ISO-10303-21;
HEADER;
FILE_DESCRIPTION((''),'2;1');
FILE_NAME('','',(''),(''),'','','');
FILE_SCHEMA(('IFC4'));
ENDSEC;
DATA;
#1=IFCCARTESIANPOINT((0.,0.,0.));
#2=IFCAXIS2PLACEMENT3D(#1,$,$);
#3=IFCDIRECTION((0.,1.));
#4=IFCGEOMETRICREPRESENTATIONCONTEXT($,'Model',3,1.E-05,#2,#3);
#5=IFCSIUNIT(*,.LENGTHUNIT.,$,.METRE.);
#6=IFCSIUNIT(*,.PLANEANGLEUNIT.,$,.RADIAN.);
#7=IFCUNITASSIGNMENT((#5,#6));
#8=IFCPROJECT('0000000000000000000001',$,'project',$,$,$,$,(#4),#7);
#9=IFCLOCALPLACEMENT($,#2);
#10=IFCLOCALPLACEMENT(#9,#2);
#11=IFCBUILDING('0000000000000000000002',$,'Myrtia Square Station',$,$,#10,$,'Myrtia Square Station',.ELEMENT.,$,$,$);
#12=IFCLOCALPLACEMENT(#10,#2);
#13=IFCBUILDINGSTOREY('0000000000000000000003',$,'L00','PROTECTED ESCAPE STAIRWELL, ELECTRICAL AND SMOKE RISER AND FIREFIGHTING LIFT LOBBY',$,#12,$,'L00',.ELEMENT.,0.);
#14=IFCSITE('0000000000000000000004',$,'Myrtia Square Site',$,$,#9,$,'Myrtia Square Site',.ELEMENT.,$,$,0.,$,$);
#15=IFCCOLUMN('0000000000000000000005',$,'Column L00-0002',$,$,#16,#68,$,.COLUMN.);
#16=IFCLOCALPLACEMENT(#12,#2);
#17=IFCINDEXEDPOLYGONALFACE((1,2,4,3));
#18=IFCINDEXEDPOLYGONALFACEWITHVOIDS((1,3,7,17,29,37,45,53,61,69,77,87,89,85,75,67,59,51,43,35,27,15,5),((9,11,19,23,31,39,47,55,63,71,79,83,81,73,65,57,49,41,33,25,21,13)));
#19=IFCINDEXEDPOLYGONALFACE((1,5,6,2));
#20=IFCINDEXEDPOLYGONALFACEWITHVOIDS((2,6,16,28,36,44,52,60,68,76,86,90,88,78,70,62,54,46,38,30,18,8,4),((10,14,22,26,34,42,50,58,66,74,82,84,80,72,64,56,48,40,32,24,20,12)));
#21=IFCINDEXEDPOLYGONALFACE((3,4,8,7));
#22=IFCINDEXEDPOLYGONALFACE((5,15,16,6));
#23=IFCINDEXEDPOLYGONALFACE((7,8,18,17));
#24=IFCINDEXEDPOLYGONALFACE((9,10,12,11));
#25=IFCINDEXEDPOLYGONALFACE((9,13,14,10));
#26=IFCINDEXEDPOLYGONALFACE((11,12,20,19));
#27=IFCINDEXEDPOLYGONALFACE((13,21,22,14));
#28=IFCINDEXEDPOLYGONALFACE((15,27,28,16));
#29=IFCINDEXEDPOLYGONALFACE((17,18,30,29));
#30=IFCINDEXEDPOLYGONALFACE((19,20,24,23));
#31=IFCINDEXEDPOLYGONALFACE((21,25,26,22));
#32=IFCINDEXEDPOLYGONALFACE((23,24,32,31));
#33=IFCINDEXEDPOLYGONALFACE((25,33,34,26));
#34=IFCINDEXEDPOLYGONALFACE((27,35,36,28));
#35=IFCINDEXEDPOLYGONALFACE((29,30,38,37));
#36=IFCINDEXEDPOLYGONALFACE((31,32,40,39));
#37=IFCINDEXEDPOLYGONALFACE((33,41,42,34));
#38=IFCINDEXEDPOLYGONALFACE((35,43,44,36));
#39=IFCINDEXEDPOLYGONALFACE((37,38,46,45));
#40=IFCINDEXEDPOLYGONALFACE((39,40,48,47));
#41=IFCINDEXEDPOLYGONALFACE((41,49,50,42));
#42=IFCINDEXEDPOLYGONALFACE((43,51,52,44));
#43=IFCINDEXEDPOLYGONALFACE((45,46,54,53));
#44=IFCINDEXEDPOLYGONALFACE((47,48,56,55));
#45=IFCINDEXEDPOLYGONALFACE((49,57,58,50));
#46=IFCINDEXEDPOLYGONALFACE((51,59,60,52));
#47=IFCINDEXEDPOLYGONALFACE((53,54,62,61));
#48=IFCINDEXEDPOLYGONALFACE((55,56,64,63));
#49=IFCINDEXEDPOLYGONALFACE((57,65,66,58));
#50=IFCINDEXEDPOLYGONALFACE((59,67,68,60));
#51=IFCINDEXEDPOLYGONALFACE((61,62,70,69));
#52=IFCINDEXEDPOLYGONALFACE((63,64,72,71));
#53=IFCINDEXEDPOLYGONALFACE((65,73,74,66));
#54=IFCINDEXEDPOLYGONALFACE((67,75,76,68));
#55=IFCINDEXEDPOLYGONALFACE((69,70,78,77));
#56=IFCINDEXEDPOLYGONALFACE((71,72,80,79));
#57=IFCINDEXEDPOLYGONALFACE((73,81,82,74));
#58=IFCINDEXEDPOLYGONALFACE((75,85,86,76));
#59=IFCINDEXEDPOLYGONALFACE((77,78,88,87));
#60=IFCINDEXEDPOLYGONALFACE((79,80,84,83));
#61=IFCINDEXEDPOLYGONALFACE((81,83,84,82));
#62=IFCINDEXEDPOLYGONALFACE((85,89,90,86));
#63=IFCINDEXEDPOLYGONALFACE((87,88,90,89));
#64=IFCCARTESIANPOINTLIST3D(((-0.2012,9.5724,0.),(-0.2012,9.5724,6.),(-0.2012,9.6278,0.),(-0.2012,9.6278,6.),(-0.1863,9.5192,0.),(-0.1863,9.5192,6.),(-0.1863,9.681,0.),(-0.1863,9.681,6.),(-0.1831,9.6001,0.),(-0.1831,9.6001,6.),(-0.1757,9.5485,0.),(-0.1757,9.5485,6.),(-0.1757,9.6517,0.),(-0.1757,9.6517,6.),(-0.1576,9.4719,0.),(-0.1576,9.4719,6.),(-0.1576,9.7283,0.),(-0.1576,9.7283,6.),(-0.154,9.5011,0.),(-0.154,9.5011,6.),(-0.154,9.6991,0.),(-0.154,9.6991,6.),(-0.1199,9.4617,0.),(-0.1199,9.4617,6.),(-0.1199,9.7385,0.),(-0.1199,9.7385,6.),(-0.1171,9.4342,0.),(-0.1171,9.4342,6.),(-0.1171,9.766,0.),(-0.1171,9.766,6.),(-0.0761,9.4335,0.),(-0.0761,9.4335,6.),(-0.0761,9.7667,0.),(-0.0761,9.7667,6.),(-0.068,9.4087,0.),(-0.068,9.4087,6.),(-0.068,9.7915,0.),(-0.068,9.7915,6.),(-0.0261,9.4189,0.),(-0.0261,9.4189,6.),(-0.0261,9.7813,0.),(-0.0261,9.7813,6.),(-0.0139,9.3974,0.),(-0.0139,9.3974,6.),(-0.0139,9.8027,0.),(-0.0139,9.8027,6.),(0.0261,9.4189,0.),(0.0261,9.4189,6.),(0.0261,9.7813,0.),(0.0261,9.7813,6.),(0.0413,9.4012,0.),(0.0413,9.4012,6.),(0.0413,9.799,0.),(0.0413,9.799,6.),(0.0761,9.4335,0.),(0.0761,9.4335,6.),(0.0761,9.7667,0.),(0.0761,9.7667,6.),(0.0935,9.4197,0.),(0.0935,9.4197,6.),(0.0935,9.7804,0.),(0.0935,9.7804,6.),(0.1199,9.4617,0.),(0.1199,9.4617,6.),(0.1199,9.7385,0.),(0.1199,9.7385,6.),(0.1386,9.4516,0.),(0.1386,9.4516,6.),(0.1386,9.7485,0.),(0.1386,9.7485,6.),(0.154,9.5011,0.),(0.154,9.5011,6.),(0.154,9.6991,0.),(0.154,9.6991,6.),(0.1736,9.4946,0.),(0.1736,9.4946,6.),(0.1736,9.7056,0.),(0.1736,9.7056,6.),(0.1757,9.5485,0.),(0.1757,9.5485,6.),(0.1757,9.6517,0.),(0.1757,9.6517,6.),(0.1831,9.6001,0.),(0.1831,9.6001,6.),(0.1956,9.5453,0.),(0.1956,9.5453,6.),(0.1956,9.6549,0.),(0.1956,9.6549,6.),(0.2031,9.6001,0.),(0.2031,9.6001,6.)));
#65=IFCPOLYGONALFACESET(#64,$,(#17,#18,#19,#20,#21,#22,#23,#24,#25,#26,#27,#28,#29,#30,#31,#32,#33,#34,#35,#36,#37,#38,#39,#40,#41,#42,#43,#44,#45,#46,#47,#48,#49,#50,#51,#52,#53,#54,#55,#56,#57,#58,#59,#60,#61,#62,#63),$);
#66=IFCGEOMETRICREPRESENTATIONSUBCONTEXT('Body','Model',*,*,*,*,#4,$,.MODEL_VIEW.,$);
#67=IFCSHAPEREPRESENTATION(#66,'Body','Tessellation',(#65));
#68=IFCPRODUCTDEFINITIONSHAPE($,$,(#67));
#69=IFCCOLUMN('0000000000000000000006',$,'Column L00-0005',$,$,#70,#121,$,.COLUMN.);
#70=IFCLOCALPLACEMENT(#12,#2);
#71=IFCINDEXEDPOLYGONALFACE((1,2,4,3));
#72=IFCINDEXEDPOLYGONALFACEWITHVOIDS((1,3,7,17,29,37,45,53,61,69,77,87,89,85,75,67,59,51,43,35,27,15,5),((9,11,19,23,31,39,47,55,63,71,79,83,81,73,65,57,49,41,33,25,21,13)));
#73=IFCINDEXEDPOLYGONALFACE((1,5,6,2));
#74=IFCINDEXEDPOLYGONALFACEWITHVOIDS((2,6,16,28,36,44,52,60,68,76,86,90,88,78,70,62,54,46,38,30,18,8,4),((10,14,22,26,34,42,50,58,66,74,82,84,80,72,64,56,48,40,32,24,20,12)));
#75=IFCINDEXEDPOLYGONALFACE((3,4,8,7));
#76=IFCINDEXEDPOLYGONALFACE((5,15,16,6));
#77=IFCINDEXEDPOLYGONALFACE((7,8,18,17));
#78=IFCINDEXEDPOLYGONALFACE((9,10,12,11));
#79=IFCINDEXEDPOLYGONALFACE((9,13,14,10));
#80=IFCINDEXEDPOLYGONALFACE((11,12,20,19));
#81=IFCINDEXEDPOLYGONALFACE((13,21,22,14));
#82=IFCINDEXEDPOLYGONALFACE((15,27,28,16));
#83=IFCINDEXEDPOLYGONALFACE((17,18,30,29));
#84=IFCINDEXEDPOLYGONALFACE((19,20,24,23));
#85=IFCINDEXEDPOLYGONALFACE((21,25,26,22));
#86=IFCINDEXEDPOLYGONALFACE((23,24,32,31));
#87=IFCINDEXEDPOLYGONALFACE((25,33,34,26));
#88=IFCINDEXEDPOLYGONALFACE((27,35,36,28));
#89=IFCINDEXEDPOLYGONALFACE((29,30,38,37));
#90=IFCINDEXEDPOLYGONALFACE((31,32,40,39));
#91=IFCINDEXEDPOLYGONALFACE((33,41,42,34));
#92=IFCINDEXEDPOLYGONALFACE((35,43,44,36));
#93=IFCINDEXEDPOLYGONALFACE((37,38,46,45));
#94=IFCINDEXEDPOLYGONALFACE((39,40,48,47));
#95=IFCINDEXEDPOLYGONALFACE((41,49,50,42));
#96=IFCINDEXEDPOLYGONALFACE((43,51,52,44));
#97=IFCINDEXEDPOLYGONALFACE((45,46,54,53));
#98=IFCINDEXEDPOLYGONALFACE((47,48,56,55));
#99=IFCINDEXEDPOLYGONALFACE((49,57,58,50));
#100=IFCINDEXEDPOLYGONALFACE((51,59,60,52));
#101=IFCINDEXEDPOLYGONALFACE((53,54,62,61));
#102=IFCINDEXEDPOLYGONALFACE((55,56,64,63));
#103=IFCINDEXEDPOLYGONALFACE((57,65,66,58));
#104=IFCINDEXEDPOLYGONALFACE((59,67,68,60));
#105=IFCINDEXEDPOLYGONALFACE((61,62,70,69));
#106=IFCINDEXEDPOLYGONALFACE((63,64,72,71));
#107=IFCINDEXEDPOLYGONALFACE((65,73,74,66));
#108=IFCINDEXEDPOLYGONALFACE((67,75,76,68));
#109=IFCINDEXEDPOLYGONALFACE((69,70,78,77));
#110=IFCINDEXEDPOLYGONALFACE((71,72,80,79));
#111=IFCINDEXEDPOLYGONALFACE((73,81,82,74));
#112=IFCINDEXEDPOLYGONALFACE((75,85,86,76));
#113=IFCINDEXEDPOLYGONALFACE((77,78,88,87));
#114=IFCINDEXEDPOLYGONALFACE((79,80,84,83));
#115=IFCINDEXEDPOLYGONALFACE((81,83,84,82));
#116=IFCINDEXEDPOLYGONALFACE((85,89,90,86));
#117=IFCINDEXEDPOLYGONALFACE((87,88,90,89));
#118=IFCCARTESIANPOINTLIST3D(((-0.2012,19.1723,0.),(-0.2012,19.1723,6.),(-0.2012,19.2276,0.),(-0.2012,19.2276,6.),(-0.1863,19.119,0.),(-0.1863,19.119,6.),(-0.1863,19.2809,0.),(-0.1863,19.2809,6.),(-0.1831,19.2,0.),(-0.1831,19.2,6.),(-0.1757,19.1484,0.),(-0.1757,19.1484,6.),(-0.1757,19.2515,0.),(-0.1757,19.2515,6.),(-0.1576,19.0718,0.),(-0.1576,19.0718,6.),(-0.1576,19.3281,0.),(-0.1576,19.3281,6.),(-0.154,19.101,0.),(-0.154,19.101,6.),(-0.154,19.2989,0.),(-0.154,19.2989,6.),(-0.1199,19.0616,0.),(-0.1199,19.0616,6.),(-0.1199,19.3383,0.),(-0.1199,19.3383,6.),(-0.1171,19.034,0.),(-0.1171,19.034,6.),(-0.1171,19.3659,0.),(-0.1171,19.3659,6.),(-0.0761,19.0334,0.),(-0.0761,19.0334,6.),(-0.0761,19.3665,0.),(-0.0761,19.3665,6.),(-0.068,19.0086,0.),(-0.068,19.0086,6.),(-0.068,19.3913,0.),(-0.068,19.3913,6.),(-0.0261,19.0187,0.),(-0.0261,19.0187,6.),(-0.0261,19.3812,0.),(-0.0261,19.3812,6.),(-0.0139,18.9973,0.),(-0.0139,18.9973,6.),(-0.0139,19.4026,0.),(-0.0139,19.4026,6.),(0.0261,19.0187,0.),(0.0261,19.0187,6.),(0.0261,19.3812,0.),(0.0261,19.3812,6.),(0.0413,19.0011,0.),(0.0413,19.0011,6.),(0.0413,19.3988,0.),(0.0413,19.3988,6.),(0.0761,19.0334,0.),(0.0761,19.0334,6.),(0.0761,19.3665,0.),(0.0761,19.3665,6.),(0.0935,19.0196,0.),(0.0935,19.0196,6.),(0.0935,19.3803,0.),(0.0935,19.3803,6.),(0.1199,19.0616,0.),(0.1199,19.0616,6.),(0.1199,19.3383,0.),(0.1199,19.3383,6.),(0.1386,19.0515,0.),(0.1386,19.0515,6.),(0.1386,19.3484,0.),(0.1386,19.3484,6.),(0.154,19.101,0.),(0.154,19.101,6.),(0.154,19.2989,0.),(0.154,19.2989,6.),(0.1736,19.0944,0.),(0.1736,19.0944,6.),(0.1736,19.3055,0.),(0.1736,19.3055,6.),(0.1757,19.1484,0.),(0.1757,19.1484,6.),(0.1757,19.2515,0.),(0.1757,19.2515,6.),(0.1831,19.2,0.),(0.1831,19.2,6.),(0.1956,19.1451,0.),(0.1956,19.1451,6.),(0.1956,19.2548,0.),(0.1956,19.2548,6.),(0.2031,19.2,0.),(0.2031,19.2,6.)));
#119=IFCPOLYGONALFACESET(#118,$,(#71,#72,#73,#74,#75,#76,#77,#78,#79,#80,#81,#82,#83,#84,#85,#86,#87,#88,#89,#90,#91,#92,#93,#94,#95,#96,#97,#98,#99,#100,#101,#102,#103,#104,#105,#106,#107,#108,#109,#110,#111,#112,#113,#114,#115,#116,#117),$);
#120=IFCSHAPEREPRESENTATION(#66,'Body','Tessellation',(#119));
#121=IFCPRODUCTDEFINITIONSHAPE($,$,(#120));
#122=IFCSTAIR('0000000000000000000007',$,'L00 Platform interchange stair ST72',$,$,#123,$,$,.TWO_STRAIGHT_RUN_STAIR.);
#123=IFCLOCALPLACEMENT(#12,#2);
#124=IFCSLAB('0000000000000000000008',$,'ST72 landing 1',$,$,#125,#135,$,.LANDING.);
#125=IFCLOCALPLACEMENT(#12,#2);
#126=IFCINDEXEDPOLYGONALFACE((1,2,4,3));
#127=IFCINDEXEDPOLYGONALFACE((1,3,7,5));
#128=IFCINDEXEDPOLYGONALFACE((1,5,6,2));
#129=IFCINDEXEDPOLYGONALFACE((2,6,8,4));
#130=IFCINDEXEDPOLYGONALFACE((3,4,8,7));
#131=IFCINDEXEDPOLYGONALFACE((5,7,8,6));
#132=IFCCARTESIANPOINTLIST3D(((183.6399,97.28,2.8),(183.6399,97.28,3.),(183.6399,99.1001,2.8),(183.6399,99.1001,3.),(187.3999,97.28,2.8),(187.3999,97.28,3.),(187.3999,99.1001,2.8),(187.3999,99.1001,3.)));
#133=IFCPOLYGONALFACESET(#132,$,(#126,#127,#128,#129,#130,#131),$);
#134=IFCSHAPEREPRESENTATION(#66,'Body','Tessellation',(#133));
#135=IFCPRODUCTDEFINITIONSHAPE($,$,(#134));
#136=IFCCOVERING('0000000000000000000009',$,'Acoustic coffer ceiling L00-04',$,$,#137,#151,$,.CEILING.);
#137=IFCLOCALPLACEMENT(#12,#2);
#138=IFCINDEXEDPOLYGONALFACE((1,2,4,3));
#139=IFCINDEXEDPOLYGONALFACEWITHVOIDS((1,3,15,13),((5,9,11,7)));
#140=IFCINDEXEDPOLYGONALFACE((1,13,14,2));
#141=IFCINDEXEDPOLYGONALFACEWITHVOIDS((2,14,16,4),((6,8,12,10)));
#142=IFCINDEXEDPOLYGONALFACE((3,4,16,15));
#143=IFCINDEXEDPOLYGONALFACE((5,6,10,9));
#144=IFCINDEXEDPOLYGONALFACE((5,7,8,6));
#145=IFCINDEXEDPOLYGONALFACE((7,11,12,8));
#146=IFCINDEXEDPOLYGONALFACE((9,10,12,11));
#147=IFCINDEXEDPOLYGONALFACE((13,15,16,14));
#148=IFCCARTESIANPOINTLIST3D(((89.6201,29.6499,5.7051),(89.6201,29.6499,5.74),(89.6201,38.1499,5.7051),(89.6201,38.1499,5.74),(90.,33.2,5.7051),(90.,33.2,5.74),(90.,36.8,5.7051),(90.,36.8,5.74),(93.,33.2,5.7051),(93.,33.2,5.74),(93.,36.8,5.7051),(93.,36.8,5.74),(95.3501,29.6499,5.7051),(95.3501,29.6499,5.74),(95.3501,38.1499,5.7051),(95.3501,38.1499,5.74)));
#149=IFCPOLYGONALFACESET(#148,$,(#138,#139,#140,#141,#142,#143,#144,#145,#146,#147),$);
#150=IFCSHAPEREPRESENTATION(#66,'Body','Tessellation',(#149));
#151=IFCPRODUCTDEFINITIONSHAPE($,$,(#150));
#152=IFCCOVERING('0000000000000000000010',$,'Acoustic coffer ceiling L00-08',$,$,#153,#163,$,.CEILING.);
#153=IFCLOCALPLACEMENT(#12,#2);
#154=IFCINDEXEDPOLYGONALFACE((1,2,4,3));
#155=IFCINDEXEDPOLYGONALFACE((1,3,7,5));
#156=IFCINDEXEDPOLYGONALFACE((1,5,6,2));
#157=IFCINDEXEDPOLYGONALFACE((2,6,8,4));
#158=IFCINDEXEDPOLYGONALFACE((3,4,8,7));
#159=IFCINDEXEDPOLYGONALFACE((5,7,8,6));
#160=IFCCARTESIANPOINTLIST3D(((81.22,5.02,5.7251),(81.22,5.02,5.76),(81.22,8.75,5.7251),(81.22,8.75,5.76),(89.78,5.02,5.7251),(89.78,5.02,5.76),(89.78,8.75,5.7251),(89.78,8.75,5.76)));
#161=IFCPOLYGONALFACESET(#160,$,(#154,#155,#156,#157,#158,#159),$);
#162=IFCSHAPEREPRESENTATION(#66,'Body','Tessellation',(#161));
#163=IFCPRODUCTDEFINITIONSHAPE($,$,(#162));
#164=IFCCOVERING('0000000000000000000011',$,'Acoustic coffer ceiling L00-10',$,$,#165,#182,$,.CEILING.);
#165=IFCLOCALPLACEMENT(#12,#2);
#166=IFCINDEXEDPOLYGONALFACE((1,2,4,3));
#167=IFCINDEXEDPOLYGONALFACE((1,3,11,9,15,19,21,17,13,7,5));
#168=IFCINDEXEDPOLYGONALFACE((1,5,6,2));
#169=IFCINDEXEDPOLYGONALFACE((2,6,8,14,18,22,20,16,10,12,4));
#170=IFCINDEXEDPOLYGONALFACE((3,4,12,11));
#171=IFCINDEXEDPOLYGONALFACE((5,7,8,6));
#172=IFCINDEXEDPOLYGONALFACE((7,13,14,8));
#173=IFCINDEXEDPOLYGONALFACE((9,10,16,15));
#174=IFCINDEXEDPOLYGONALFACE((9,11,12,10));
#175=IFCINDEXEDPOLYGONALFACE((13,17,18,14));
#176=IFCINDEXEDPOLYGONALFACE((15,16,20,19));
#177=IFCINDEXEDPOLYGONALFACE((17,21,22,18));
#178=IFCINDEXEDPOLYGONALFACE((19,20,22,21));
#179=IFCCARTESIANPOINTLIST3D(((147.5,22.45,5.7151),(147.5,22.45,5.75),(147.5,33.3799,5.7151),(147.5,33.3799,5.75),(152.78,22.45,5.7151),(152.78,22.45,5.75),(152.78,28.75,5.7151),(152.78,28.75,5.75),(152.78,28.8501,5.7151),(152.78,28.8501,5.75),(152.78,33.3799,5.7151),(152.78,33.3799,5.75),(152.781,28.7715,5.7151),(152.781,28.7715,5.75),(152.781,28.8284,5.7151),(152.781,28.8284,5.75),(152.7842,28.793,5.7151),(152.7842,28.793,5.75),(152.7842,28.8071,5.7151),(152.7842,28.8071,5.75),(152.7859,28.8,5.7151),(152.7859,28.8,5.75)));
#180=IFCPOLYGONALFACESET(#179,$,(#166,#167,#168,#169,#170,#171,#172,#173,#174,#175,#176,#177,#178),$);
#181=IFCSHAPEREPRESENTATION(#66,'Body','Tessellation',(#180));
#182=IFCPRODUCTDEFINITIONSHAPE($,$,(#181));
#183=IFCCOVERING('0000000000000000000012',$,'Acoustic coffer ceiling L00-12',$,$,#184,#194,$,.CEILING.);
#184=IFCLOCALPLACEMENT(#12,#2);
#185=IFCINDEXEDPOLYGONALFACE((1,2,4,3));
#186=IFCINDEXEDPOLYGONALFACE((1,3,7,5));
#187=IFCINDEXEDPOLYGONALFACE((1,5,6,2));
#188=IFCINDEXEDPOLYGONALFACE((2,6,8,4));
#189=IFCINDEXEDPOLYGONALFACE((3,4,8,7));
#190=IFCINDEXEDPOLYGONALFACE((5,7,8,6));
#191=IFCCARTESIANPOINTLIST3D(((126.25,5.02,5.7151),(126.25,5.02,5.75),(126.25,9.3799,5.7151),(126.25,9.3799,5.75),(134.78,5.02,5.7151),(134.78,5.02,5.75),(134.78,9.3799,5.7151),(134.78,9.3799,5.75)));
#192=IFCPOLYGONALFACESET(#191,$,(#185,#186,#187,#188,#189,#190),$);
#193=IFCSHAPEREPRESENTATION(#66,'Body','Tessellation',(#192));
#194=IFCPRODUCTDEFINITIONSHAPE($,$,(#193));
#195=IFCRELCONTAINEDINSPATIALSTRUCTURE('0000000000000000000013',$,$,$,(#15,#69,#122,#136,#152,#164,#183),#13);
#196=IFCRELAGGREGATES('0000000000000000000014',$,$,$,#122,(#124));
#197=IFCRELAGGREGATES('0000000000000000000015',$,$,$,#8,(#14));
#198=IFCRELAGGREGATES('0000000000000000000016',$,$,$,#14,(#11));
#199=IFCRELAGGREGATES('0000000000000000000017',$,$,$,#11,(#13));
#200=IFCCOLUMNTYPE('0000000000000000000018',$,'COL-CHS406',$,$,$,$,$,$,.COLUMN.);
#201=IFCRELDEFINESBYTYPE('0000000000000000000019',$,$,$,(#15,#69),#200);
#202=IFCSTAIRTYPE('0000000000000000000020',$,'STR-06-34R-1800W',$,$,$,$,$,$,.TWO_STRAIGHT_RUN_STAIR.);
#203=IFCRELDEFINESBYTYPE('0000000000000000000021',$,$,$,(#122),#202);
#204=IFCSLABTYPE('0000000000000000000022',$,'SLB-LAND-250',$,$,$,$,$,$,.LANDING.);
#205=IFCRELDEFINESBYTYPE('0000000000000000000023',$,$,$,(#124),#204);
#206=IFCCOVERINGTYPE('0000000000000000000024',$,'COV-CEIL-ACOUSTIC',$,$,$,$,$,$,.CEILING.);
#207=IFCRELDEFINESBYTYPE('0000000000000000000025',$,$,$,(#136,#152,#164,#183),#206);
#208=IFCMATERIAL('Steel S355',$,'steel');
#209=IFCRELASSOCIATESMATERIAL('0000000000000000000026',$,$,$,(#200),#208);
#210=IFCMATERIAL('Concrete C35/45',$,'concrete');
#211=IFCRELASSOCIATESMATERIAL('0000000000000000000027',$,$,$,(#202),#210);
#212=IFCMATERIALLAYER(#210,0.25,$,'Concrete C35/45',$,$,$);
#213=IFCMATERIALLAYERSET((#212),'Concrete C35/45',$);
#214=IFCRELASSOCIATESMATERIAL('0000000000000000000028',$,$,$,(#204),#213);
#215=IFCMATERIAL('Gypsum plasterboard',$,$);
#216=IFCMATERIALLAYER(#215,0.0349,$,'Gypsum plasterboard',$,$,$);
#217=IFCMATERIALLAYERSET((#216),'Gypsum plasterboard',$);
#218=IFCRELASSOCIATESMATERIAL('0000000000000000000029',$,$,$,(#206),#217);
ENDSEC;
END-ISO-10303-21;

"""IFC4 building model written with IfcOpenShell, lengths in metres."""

from ifc_helpers import new_model, si_unit, direction, frame, origin, origin_2d, place, context, subcontext, project, spatial, polyline, hollow_circle, outline, extrude, material, layer, layer_set, material_profile, profile_set, type_object, element, aggregate, save


model = new_model("IFC4")

# Units and contexts
model_context = context("Model", 3, precision=1e-05, world=origin(), true_north=direction((0.0, 1.0)))
body_context = subcontext(model_context, "Body", "Model", "MODEL_VIEW")
ifc_project = project(units=[si_unit("LENGTHUNIT", "METRE"), si_unit("PLANEANGLEUNIT", "RADIAN")], contexts=[model_context])

# Site, building, storey
site_placement = place(None, origin())
site = spatial("IfcSite", under=ifc_project, at=site_placement, Name="Myrtia Square Site", LongName="Myrtia Square Site", CompositionType="ELEMENT", RefElevation=0.0)
building_placement = place(site_placement, origin())
building = spatial("IfcBuilding", under=site, at=building_placement, Name="Myrtia Square Station", LongName="Myrtia Square Station", CompositionType="ELEMENT")
storey_placement = place(building_placement, origin())
storey = spatial("IfcBuildingStorey", under=building, at=storey_placement, Name="L00", Description="PROTECTED ESCAPE STAIRWELL, ELECTRICAL AND SMOKE RISER AND FIREFIGHTING LIFT LOBBY", LongName="L00", CompositionType="ELEMENT", Elevation=0.0)

# Columns
ifc_material_1 = material(Name="Steel S355", Category="steel")
ifc_material_profile = material_profile(ifc_material_1, hollow_circle(Radius=0.2031, WallThickness=0.02, at=origin_2d()), Name="CHS 406.4x20")
ifc_profile_set = profile_set([ifc_material_profile], Name="Steel S355")
column_type = type_object("IfcColumnType", Name="COL-CHS406", PredefinedType="COLUMN", material=ifc_profile_set)
for number, where, z_axis, x_axis, name in (
    (1, (0.0, 9.6001, 0.0), (0.0, 0.0, 1.0), (1.0, 0.0, 0.0), "Column L00-0002"),
    (2, (0.0, 19.2, 0.0), (0.0, 0.0, 1.0), (1.0, 0.0, 0.0), "Column L00-0005"),
):
    element("IfcColumn", number, at=place(storey_placement, frame(where, z_axis=z_axis, x_axis=x_axis)), inside=storey, type_object=column_type, Name=name, PredefinedType="COLUMN", context=body_context, shape_type="SweptSolid", body=[
        extrude(hollow_circle(Radius=0.2031, WallThickness=0.02, at=origin_2d()), origin(), (0.0, 0.0, 1.0), 6.0),
    ])

# Stair, slab
ifc_material_2 = material(Name="Concrete C35/45", Category="concrete")
stair_type = type_object("IfcStairType", Name="STR-06-34R-1800W", PredefinedType="TWO_STRAIGHT_RUN_STAIR", material=ifc_material_2)
stair_placement = place(storey_placement, origin())
stair = element("IfcStair", 3, at=stair_placement, inside=storey, type_object=stair_type, Name="L00 Platform interchange stair ST72", PredefinedType="TWO_STRAIGHT_RUN_STAIR")
ifc_layer_1 = layer(ifc_material_2, 0.25, Name="Concrete C35/45")
ifc_layer_set_1 = layer_set([ifc_layer_1], Name="Concrete C35/45")
slab_type = type_object("IfcSlabType", Name="SLB-LAND-250", PredefinedType="LANDING", material=ifc_layer_set_1)
slab_placement = place(storey_placement, frame((0.0, 0.0, 2.8)))
slab = element("IfcSlab", 4, at=slab_placement, type_object=slab_type, Name="ST72 landing 1", PredefinedType="LANDING", context=body_context, shape_type="SweptSolid", body=[
    extrude(outline(polyline([(187.3999, 97.28), (187.3999, 99.1001), (183.6399, 99.1001), (183.6399, 97.28), (187.3999, 97.28)])), origin(), (0.0, 0.0, 1.0), 0.2),
])
aggregate(stair, [slab])

# Coverings
ifc_material_3 = material(Name="Gypsum plasterboard")
ifc_layer_2 = layer(ifc_material_3, 0.0349, Name="Gypsum plasterboard")
ifc_layer_set_2 = layer_set([ifc_layer_2], Name="Gypsum plasterboard")
covering_type_1 = type_object("IfcCoveringType", Name="COV-CEIL-ACOUSTIC", PredefinedType="CEILING", material=ifc_layer_set_2)
covering_1_placement = place(storey_placement, frame((0.0, 0.0, 5.7051)))
element("IfcCovering", 5, at=covering_1_placement, inside=storey, type_object=covering_type_1, Name="Acoustic coffer ceiling L00-04", PredefinedType="CEILING", context=body_context, shape_type="SweptSolid", body=[
    extrude(outline(polyline([(95.3501, 38.1499), (95.3501, 29.6499), (89.6201, 29.6499), (89.6201, 38.1499), (95.3501, 38.1499)]), holes=[polyline([(93.0, 36.8), (90.0, 36.8), (90.0, 33.2), (93.0, 33.2), (93.0, 36.8)])]), origin(), (0.0, 0.0, 1.0), 0.0349),
])
covering_2_placement = place(storey_placement, frame((0.0, 0.0, 5.7251)))
element("IfcCovering", 6, at=covering_2_placement, inside=storey, type_object=covering_type_1, Name="Acoustic coffer ceiling L00-08", PredefinedType="CEILING", context=body_context, shape_type="SweptSolid", body=[
    extrude(outline(polyline([(89.78, 8.75), (89.78, 5.02), (81.22, 5.02), (81.22, 8.75), (89.78, 8.75)])), origin(), (0.0, 0.0, 1.0), 0.0349),
])
covering_3_placement = place(storey_placement, frame((0.0, 0.0, 5.7151)))
element("IfcCovering", 7, at=covering_3_placement, inside=storey, type_object=covering_type_1, Name="Acoustic coffer ceiling L00-10", PredefinedType="CEILING", context=body_context, shape_type="SweptSolid", body=[
    extrude(outline(polyline([(147.5, 22.45), (147.5, 33.3799), (152.78, 33.3799), (152.78, 28.8501), (152.781, 28.8284), (152.7842, 28.8071), (152.7859, 28.8), (152.7842, 28.793), (152.781, 28.7715), (152.78, 28.75), (152.78, 22.45), (147.5, 22.45)])), origin(), (0.0, 0.0, 1.0), 0.0349),
])
covering_4_placement = place(storey_placement, frame((0.0, 0.0, 5.7151)))
element("IfcCovering", 8, at=covering_4_placement, inside=storey, type_object=covering_type_1, Name="Acoustic coffer ceiling L00-12", PredefinedType="CEILING", context=body_context, shape_type="SweptSolid", body=[
    extrude(outline(polyline([(126.25, 9.3799), (134.78, 9.3799), (134.78, 5.02), (126.25, 5.02), (126.25, 9.3799)])), origin(), (0.0, 0.0, 1.0), 0.0349),
])

save(model, "model.ifc")
